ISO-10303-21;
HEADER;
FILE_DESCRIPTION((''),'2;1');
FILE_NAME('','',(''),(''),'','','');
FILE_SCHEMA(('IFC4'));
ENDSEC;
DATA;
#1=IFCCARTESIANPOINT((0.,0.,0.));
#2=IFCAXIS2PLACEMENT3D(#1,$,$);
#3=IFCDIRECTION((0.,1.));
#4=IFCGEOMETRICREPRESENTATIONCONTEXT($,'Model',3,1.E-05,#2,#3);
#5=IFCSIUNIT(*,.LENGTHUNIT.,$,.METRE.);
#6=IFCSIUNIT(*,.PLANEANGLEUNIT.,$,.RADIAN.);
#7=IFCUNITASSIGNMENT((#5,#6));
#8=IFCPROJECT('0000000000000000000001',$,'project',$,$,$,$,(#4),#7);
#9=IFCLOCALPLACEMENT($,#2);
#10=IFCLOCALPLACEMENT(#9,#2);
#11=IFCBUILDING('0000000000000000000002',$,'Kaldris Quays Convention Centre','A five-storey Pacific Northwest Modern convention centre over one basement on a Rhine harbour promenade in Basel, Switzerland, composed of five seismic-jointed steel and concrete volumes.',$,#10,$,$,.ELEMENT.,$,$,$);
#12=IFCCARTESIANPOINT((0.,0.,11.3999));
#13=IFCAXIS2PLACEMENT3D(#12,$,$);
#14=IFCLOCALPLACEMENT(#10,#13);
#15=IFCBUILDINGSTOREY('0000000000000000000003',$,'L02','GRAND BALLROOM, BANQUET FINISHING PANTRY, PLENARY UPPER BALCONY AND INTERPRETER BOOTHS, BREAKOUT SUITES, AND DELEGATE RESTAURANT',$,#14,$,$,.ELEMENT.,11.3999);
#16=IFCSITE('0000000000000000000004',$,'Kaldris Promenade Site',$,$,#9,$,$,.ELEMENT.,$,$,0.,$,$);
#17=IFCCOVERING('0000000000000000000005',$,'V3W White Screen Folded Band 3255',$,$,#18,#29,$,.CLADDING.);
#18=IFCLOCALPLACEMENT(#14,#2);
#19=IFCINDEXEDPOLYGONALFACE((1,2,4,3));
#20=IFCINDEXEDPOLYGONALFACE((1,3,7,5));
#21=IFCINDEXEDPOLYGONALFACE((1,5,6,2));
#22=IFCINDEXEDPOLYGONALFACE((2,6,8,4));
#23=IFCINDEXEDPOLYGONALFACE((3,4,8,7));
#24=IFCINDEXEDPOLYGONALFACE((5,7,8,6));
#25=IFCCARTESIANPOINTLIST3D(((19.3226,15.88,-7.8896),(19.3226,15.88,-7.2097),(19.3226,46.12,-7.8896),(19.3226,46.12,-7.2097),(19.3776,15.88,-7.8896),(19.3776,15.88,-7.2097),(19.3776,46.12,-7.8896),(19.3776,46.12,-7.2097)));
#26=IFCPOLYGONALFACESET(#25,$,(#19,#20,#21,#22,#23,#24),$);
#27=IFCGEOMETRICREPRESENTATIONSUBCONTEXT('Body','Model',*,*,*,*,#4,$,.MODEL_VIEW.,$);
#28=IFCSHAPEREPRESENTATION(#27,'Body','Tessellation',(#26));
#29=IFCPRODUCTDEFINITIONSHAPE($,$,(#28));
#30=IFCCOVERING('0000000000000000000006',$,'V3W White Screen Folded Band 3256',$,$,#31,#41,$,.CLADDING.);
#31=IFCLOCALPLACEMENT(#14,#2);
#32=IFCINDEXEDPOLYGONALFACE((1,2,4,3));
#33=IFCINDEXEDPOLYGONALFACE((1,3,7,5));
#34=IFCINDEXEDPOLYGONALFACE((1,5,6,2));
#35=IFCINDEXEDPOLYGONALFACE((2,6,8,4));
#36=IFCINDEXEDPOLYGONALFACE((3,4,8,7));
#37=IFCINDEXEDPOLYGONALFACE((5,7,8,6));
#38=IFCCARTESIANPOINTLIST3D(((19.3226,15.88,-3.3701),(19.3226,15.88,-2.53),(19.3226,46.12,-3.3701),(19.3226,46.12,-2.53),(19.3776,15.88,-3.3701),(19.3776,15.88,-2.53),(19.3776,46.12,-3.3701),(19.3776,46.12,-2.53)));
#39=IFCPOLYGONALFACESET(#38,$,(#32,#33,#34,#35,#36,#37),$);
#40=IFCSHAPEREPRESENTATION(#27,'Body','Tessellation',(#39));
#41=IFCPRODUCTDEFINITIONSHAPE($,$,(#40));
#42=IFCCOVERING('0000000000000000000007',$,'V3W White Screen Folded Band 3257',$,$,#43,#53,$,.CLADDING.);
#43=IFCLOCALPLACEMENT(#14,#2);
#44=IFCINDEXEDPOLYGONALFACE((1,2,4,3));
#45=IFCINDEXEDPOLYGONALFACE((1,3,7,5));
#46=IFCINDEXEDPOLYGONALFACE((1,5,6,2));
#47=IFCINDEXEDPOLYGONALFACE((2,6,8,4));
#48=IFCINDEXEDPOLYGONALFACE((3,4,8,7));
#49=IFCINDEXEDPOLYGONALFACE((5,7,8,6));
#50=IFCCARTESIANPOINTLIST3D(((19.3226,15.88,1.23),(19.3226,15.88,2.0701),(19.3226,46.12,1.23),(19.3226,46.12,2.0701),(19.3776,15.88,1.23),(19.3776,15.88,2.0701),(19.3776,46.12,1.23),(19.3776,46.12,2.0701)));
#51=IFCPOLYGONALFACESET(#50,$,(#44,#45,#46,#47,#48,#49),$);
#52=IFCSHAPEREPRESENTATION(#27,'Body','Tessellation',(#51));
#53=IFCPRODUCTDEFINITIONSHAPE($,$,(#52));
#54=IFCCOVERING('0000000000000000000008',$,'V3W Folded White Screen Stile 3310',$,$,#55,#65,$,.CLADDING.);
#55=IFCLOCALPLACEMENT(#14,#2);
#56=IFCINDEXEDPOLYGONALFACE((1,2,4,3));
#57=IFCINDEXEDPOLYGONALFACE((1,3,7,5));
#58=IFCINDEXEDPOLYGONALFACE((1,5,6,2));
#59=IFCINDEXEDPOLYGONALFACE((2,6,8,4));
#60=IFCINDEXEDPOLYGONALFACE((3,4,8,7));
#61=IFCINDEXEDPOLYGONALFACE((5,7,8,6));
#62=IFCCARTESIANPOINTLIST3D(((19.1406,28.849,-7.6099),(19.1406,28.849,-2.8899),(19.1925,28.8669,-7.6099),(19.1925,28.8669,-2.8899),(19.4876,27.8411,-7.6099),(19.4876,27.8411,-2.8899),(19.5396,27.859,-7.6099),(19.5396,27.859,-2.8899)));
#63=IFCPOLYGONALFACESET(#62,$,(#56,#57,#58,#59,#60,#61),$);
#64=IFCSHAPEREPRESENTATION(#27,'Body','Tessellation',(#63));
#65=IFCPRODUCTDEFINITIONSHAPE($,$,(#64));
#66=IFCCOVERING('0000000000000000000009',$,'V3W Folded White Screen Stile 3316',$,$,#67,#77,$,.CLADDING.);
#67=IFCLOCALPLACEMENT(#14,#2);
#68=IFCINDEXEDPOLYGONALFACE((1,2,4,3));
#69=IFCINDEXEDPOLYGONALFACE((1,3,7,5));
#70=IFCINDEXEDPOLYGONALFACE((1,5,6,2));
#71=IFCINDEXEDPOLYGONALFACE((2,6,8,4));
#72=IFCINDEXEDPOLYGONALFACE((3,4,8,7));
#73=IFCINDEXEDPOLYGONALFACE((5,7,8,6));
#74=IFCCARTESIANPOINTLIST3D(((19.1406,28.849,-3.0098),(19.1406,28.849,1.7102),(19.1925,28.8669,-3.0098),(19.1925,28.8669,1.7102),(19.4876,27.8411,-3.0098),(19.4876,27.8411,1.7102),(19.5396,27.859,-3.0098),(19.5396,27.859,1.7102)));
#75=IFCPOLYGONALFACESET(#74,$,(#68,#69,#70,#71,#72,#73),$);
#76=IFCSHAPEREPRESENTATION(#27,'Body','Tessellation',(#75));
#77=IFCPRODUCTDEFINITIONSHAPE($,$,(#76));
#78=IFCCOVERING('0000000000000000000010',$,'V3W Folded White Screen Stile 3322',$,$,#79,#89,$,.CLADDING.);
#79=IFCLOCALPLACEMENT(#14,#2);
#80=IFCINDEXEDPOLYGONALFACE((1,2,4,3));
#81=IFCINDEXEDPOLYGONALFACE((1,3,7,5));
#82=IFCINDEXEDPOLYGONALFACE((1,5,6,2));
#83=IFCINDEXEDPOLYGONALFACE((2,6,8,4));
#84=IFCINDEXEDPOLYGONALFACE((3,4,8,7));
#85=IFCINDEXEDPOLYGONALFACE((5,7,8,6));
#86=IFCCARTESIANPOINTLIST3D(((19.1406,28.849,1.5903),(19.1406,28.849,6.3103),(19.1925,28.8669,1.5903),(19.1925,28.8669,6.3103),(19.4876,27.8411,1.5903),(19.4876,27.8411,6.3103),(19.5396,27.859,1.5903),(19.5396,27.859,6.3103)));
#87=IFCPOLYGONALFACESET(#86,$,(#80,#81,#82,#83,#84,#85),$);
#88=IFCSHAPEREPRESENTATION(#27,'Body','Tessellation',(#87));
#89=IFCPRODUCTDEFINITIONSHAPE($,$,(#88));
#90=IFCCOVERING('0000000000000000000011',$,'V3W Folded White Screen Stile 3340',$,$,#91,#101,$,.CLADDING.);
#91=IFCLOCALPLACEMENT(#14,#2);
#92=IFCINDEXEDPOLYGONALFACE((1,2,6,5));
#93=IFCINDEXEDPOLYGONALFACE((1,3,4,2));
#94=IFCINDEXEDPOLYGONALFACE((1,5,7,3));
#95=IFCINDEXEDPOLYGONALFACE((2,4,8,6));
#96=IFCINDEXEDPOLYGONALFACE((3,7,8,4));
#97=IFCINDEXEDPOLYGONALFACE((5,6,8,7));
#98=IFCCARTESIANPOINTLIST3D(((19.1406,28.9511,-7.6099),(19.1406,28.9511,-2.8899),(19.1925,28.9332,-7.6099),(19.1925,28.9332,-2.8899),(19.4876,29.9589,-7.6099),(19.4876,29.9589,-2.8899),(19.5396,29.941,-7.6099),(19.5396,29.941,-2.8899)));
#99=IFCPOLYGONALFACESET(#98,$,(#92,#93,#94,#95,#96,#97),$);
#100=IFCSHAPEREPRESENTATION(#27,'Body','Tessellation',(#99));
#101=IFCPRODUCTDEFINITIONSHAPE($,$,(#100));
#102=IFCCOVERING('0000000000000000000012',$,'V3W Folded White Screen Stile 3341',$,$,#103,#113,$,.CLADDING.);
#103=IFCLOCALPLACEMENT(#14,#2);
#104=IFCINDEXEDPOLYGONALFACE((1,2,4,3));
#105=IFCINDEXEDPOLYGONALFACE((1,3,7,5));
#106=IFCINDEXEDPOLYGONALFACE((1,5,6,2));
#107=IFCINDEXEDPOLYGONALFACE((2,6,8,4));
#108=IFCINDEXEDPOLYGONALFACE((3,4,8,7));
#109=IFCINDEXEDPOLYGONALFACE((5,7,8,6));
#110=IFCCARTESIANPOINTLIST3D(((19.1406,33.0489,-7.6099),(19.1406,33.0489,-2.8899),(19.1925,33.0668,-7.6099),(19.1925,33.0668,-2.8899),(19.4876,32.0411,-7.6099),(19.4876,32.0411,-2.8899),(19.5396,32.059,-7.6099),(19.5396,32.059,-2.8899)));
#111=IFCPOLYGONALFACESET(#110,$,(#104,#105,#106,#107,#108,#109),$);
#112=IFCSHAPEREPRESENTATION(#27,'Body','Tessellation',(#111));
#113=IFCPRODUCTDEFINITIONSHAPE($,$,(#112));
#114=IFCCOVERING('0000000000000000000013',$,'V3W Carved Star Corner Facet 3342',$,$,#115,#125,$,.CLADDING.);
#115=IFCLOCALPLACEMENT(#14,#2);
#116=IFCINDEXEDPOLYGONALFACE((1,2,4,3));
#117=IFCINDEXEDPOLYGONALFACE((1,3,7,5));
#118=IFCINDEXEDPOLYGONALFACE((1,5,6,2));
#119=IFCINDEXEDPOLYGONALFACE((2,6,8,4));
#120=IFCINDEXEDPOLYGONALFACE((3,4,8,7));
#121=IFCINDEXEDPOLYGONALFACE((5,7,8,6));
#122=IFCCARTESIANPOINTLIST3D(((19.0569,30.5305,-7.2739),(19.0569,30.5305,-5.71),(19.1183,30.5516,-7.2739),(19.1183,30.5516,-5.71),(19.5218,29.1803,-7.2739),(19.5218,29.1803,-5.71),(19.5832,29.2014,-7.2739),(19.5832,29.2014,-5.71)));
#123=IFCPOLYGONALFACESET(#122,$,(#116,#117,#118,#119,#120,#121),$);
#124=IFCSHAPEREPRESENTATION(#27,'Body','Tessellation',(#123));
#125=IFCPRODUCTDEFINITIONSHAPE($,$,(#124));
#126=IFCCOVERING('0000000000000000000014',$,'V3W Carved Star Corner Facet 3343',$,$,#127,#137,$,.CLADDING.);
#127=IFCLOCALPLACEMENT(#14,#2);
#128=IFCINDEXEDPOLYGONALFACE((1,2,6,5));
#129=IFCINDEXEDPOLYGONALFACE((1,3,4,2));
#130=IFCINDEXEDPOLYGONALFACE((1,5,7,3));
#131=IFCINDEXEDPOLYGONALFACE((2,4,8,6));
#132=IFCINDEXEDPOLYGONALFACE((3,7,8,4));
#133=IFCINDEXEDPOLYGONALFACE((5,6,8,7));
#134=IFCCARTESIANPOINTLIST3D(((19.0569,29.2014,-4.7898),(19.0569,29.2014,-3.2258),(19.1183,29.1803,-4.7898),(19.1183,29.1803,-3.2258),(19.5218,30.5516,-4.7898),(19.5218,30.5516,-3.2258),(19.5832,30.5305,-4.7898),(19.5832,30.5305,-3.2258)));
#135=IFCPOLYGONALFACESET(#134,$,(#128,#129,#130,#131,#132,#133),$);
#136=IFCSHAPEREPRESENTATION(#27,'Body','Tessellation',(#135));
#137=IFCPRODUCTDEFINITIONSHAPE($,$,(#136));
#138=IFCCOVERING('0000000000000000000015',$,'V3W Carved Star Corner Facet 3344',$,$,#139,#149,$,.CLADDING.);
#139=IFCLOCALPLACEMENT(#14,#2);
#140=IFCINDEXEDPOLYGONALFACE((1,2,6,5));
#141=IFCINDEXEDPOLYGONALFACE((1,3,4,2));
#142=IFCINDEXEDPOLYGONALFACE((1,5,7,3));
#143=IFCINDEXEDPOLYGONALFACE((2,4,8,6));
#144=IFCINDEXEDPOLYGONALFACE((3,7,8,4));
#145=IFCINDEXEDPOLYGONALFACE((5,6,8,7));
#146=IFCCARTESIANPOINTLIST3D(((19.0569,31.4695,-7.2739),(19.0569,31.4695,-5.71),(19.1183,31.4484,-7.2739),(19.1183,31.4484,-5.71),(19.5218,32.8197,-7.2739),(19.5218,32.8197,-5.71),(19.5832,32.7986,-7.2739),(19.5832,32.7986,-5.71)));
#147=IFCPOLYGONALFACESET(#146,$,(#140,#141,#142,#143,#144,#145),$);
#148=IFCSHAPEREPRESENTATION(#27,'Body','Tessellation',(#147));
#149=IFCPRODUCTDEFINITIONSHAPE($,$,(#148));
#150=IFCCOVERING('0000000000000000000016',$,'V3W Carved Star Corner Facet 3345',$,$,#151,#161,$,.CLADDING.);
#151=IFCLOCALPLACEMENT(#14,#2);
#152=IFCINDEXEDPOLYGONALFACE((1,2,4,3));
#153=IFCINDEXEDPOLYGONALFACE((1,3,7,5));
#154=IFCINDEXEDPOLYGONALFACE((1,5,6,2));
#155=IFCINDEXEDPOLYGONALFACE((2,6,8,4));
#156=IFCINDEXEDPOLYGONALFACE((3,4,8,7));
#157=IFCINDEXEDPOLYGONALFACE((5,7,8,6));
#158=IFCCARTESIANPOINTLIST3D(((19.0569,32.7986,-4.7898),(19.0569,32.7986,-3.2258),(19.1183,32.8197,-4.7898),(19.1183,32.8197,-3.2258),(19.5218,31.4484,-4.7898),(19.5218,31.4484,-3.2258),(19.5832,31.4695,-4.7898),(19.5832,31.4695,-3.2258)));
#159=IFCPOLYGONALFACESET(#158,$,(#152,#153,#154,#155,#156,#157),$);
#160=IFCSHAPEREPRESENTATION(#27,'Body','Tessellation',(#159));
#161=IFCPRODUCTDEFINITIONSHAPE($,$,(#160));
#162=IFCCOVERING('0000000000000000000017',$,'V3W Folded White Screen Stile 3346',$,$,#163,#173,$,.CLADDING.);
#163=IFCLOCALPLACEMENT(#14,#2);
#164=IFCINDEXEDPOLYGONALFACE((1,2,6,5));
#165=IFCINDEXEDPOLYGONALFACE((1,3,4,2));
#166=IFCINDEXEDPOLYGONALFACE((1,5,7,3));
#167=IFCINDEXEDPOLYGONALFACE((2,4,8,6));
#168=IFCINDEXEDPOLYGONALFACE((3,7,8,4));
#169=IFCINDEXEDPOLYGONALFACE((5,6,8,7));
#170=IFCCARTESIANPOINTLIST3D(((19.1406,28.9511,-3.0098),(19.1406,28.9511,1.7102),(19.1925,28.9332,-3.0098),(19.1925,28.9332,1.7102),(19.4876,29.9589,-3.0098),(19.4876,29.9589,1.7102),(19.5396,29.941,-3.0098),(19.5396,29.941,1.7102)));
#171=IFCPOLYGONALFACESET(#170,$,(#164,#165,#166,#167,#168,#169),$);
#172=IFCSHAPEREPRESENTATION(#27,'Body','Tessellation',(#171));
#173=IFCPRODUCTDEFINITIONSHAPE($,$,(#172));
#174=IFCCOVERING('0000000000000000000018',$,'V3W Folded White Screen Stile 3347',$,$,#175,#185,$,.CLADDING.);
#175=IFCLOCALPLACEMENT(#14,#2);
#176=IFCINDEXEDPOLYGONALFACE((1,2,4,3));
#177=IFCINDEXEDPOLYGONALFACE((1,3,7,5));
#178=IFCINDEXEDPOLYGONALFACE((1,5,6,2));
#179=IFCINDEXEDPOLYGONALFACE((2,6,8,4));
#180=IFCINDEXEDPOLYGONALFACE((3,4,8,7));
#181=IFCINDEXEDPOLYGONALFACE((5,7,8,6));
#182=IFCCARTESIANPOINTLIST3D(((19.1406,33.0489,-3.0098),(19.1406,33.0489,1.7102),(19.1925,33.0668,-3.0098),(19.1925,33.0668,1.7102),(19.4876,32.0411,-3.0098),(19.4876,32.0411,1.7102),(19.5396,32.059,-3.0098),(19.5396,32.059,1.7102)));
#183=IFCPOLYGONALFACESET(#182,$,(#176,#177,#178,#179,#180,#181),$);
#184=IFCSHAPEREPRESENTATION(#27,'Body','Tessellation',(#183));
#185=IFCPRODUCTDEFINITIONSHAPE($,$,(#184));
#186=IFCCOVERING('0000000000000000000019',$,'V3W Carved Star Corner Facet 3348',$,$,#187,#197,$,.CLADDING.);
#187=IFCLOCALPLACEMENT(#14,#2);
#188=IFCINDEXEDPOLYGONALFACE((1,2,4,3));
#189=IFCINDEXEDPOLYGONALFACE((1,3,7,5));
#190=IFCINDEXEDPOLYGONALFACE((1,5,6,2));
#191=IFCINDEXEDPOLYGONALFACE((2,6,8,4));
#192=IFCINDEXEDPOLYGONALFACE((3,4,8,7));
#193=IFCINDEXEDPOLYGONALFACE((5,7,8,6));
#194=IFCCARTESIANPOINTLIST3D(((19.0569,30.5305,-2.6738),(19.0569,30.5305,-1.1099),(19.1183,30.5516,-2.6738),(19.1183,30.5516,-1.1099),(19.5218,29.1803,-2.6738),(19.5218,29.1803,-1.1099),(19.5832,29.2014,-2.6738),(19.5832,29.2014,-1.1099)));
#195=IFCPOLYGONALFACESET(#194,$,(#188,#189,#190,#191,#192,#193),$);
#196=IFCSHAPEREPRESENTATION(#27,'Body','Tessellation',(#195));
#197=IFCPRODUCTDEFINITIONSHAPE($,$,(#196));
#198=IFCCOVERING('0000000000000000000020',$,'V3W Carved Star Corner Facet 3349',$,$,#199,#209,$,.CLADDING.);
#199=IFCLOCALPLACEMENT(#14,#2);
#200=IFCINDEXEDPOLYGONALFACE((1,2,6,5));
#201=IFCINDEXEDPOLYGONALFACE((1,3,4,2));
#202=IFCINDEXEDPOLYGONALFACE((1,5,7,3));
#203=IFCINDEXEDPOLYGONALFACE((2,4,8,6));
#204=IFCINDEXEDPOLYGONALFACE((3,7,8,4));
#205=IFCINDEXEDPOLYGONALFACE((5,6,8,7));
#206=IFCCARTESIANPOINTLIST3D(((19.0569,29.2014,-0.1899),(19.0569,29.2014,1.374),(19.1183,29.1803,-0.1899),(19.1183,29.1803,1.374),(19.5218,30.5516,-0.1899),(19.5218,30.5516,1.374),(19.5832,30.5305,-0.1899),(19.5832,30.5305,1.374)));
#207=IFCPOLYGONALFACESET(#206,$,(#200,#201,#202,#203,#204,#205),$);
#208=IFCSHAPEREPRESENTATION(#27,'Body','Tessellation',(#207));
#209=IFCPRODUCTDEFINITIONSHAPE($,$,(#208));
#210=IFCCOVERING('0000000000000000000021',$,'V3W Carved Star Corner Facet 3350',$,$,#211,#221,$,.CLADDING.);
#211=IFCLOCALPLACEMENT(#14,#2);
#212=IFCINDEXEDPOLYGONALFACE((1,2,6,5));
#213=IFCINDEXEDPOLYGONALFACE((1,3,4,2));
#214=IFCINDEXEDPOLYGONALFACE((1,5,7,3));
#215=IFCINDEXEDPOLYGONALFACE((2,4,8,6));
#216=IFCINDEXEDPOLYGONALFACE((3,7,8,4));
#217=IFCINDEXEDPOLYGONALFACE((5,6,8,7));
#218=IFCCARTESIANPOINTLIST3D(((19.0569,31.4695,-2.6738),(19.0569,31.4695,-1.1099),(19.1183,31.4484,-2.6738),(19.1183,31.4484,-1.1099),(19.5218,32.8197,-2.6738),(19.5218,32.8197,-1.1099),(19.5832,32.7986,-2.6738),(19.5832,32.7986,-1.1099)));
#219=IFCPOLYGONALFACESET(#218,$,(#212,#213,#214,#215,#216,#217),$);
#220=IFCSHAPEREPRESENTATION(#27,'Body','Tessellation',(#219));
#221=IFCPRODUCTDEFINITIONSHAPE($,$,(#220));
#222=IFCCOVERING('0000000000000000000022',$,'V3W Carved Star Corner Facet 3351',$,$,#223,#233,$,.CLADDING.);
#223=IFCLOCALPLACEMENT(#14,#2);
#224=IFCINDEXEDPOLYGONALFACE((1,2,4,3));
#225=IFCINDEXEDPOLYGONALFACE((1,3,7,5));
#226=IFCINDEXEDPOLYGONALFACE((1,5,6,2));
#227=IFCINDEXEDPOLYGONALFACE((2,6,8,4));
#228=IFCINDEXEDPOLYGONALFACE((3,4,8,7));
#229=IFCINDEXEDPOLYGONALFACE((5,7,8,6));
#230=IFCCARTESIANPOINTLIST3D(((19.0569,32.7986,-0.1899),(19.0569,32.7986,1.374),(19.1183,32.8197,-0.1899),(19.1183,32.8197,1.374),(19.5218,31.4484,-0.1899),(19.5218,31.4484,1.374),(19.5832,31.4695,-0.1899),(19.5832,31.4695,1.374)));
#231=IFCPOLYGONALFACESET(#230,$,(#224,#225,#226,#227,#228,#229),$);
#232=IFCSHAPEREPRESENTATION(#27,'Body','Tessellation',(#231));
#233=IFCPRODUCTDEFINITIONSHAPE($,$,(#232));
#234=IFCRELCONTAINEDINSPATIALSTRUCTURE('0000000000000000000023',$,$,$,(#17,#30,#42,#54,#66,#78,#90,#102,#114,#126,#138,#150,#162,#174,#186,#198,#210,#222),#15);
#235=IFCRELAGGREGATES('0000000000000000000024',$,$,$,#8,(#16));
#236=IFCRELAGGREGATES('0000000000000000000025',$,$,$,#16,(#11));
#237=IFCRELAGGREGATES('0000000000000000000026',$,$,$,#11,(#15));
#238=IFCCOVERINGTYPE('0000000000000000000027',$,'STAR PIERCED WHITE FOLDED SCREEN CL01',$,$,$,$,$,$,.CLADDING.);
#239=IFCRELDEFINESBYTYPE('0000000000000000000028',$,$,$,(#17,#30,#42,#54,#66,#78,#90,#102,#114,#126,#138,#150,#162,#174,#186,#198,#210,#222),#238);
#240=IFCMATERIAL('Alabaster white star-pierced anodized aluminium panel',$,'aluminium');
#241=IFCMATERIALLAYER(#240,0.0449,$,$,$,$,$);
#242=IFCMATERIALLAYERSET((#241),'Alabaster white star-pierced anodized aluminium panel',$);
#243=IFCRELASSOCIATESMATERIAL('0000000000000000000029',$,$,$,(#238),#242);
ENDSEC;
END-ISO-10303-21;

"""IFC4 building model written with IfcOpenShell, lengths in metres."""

from ifc_helpers import new_model, si_unit, direction, frame, origin, origin_2d, place, context, subcontext, project, spatial, rectangle, extrude, material, layer, layer_set, type_object, element, save


model = new_model("IFC4")

# Units and contexts
model_context = context("Model", 3, precision=1e-05, world=origin(), true_north=direction((0.0, 1.0)))
body_context = subcontext(model_context, "Body", "Model", "MODEL_VIEW")
ifc_project = project(units=[si_unit("LENGTHUNIT", "METRE"), si_unit("PLANEANGLEUNIT", "RADIAN")], contexts=[model_context])

# Site, building, storey
site_placement = place(None, origin())
site = spatial("IfcSite", under=ifc_project, at=site_placement, Name="Kaldris Promenade Site", CompositionType="ELEMENT", RefElevation=0.0)
building_placement = place(site_placement, origin())
building = spatial("IfcBuilding", under=site, at=building_placement, Name="Kaldris Quays Convention Centre", Description="A five-storey Pacific Northwest Modern convention centre over one basement on a Rhine harbour promenade in Basel, Switzerland, composed of five seismic-jointed steel and concrete volumes.", CompositionType="ELEMENT")
storey_placement = place(building_placement, frame((0.0, 0.0, 11.3999)))
storey = spatial("IfcBuildingStorey", under=building, at=storey_placement, Name="L02", Description="GRAND BALLROOM, BANQUET FINISHING PANTRY, PLENARY UPPER BALCONY AND INTERPRETER BOOTHS, BREAKOUT SUITES, AND DELEGATE RESTAURANT", CompositionType="ELEMENT", Elevation=11.3999)

# Coverings
ifc_material_1 = material(Name="Alabaster white star-pierced anodized aluminium panel", Category="aluminium")
ifc_layer = layer(ifc_material_1, 0.0449)
ifc_layer_set = layer_set([ifc_layer], Name="Alabaster white star-pierced anodized aluminium panel")
covering_type = type_object("IfcCoveringType", Name="STAR PIERCED WHITE FOLDED SCREEN CL01", PredefinedType="CLADDING", material=ifc_layer_set)
covering_1_placement = place(storey_placement, frame((19.3501, 31.0, -7.8896), z_axis=(0.0, 0.0, 1.0), x_axis=(0.0, 1.0, 0.0)))
element("IfcCovering", 1, at=covering_1_placement, inside=storey, type_object=covering_type, Name="V3W White Screen Folded Band 3255", PredefinedType="CLADDING", context=body_context, shape_type="SweptSolid", body=[
    extrude(rectangle(XDim=30.24, YDim=0.0549, at=origin_2d()), origin(), (0.0, 0.0, 1.0), 0.6799),
])
for number, where, z_axis, x_axis, name in (
    (2, (19.3501, 31.0, -3.3701), (0.0, 0.0, 1.0), (0.0, 1.0, 0.0), "V3W White Screen Folded Band 3256"),
    (3, (19.3501, 31.0, 1.23), (0.0, 0.0, 1.0), (0.0, 1.0, 0.0), "V3W White Screen Folded Band 3257"),
):
    element("IfcCovering", number, at=place(storey_placement, frame(where, z_axis=z_axis, x_axis=x_axis)), inside=storey, type_object=covering_type, Name=name, PredefinedType="CLADDING", context=body_context, shape_type="SweptSolid", body=[
        extrude(rectangle(XDim=30.24, YDim=0.0549, at=origin_2d()), origin(), (0.0, 0.0, 1.0), 0.8401),
    ])
for number, where, z_axis, x_axis, name in (
    (4, (19.3401, 28.354, -7.6099), (0.0, 0.0, 1.0), (-0.325568, 0.945519, 0.0), "V3W Folded White Screen Stile 3310"),
    (5, (19.3401, 28.354, -3.0098), (0.0, 0.0, 1.0), (-0.325568, 0.945519, 0.0), "V3W Folded White Screen Stile 3316"),
    (6, (19.3401, 28.354, 1.5903), (0.0, 0.0, 1.0), (-0.325568, 0.945519, 0.0), "V3W Folded White Screen Stile 3322"),
    (7, (19.3401, 29.446, -7.6099), (0.0, 0.0, 1.0), (0.325568, 0.945519, 0.0), "V3W Folded White Screen Stile 3340"),
    (8, (19.3401, 32.554, -7.6099), (0.0, 0.0, 1.0), (-0.325568, 0.945519, 0.0), "V3W Folded White Screen Stile 3341"),
):
    element("IfcCovering", number, at=place(storey_placement, frame(where, z_axis=z_axis, x_axis=x_axis)), inside=storey, type_object=covering_type, Name=name, PredefinedType="CLADDING", context=body_context, shape_type="SweptSolid", body=[
        extrude(rectangle(XDim=1.0659, YDim=0.0549, at=origin_2d()), origin(), (0.0, 0.0, 1.0), 4.72),
    ])
for number, where, z_axis, x_axis, name in (
    (9, (19.3201, 29.866, -7.2739), (0.0, 0.0, 1.0), (-0.325568, 0.945519, 0.0), "V3W Carved Star Corner Facet 3342"),
    (10, (19.3201, 29.866, -4.7898), (0.0, 0.0, 1.0), (0.325568, 0.945519, 0.0), "V3W Carved Star Corner Facet 3343"),
    (11, (19.3201, 32.134, -7.2739), (0.0, 0.0, 1.0), (0.325568, 0.945519, 0.0), "V3W Carved Star Corner Facet 3344"),
    (12, (19.3201, 32.134, -4.7898), (0.0, 0.0, 1.0), (-0.325568, 0.945519, 0.0), "V3W Carved Star Corner Facet 3345"),
):
    element("IfcCovering", number, at=place(storey_placement, frame(where, z_axis=z_axis, x_axis=x_axis)), inside=storey, type_object=covering_type, Name=name, PredefinedType="CLADDING", context=body_context, shape_type="SweptSolid", body=[
        extrude(rectangle(XDim=1.428, YDim=0.0649, at=origin_2d()), origin(), (0.0, 0.0, 1.0), 1.564),
    ])
for number, where, z_axis, x_axis, name in (
    (13, (19.3401, 29.446, -3.0098), (0.0, 0.0, 1.0), (0.325568, 0.945519, 0.0), "V3W Folded White Screen Stile 3346"),
    (14, (19.3401, 32.554, -3.0098), (0.0, 0.0, 1.0), (-0.325568, 0.945519, 0.0), "V3W Folded White Screen Stile 3347"),
):
    element("IfcCovering", number, at=place(storey_placement, frame(where, z_axis=z_axis, x_axis=x_axis)), inside=storey, type_object=covering_type, Name=name, PredefinedType="CLADDING", context=body_context, shape_type="SweptSolid", body=[
        extrude(rectangle(XDim=1.0659, YDim=0.0549, at=origin_2d()), origin(), (0.0, 0.0, 1.0), 4.72),
    ])
for number, where, z_axis, x_axis, name in (
    (15, (19.3201, 29.866, -2.6738), (0.0, 0.0, 1.0), (-0.325568, 0.945519, 0.0), "V3W Carved Star Corner Facet 3348"),
    (16, (19.3201, 29.866, -0.1899), (0.0, 0.0, 1.0), (0.325568, 0.945519, 0.0), "V3W Carved Star Corner Facet 3349"),
    (17, (19.3201, 32.134, -2.6738), (0.0, 0.0, 1.0), (0.325568, 0.945519, 0.0), "V3W Carved Star Corner Facet 3350"),
    (18, (19.3201, 32.134, -0.1899), (0.0, 0.0, 1.0), (-0.325568, 0.945519, 0.0), "V3W Carved Star Corner Facet 3351"),
):
    element("IfcCovering", number, at=place(storey_placement, frame(where, z_axis=z_axis, x_axis=x_axis)), inside=storey, type_object=covering_type, Name=name, PredefinedType="CLADDING", context=body_context, shape_type="SweptSolid", body=[
        extrude(rectangle(XDim=1.428, YDim=0.0649, at=origin_2d()), origin(), (0.0, 0.0, 1.0), 1.564),
    ])

save(model, "model.ifc")
